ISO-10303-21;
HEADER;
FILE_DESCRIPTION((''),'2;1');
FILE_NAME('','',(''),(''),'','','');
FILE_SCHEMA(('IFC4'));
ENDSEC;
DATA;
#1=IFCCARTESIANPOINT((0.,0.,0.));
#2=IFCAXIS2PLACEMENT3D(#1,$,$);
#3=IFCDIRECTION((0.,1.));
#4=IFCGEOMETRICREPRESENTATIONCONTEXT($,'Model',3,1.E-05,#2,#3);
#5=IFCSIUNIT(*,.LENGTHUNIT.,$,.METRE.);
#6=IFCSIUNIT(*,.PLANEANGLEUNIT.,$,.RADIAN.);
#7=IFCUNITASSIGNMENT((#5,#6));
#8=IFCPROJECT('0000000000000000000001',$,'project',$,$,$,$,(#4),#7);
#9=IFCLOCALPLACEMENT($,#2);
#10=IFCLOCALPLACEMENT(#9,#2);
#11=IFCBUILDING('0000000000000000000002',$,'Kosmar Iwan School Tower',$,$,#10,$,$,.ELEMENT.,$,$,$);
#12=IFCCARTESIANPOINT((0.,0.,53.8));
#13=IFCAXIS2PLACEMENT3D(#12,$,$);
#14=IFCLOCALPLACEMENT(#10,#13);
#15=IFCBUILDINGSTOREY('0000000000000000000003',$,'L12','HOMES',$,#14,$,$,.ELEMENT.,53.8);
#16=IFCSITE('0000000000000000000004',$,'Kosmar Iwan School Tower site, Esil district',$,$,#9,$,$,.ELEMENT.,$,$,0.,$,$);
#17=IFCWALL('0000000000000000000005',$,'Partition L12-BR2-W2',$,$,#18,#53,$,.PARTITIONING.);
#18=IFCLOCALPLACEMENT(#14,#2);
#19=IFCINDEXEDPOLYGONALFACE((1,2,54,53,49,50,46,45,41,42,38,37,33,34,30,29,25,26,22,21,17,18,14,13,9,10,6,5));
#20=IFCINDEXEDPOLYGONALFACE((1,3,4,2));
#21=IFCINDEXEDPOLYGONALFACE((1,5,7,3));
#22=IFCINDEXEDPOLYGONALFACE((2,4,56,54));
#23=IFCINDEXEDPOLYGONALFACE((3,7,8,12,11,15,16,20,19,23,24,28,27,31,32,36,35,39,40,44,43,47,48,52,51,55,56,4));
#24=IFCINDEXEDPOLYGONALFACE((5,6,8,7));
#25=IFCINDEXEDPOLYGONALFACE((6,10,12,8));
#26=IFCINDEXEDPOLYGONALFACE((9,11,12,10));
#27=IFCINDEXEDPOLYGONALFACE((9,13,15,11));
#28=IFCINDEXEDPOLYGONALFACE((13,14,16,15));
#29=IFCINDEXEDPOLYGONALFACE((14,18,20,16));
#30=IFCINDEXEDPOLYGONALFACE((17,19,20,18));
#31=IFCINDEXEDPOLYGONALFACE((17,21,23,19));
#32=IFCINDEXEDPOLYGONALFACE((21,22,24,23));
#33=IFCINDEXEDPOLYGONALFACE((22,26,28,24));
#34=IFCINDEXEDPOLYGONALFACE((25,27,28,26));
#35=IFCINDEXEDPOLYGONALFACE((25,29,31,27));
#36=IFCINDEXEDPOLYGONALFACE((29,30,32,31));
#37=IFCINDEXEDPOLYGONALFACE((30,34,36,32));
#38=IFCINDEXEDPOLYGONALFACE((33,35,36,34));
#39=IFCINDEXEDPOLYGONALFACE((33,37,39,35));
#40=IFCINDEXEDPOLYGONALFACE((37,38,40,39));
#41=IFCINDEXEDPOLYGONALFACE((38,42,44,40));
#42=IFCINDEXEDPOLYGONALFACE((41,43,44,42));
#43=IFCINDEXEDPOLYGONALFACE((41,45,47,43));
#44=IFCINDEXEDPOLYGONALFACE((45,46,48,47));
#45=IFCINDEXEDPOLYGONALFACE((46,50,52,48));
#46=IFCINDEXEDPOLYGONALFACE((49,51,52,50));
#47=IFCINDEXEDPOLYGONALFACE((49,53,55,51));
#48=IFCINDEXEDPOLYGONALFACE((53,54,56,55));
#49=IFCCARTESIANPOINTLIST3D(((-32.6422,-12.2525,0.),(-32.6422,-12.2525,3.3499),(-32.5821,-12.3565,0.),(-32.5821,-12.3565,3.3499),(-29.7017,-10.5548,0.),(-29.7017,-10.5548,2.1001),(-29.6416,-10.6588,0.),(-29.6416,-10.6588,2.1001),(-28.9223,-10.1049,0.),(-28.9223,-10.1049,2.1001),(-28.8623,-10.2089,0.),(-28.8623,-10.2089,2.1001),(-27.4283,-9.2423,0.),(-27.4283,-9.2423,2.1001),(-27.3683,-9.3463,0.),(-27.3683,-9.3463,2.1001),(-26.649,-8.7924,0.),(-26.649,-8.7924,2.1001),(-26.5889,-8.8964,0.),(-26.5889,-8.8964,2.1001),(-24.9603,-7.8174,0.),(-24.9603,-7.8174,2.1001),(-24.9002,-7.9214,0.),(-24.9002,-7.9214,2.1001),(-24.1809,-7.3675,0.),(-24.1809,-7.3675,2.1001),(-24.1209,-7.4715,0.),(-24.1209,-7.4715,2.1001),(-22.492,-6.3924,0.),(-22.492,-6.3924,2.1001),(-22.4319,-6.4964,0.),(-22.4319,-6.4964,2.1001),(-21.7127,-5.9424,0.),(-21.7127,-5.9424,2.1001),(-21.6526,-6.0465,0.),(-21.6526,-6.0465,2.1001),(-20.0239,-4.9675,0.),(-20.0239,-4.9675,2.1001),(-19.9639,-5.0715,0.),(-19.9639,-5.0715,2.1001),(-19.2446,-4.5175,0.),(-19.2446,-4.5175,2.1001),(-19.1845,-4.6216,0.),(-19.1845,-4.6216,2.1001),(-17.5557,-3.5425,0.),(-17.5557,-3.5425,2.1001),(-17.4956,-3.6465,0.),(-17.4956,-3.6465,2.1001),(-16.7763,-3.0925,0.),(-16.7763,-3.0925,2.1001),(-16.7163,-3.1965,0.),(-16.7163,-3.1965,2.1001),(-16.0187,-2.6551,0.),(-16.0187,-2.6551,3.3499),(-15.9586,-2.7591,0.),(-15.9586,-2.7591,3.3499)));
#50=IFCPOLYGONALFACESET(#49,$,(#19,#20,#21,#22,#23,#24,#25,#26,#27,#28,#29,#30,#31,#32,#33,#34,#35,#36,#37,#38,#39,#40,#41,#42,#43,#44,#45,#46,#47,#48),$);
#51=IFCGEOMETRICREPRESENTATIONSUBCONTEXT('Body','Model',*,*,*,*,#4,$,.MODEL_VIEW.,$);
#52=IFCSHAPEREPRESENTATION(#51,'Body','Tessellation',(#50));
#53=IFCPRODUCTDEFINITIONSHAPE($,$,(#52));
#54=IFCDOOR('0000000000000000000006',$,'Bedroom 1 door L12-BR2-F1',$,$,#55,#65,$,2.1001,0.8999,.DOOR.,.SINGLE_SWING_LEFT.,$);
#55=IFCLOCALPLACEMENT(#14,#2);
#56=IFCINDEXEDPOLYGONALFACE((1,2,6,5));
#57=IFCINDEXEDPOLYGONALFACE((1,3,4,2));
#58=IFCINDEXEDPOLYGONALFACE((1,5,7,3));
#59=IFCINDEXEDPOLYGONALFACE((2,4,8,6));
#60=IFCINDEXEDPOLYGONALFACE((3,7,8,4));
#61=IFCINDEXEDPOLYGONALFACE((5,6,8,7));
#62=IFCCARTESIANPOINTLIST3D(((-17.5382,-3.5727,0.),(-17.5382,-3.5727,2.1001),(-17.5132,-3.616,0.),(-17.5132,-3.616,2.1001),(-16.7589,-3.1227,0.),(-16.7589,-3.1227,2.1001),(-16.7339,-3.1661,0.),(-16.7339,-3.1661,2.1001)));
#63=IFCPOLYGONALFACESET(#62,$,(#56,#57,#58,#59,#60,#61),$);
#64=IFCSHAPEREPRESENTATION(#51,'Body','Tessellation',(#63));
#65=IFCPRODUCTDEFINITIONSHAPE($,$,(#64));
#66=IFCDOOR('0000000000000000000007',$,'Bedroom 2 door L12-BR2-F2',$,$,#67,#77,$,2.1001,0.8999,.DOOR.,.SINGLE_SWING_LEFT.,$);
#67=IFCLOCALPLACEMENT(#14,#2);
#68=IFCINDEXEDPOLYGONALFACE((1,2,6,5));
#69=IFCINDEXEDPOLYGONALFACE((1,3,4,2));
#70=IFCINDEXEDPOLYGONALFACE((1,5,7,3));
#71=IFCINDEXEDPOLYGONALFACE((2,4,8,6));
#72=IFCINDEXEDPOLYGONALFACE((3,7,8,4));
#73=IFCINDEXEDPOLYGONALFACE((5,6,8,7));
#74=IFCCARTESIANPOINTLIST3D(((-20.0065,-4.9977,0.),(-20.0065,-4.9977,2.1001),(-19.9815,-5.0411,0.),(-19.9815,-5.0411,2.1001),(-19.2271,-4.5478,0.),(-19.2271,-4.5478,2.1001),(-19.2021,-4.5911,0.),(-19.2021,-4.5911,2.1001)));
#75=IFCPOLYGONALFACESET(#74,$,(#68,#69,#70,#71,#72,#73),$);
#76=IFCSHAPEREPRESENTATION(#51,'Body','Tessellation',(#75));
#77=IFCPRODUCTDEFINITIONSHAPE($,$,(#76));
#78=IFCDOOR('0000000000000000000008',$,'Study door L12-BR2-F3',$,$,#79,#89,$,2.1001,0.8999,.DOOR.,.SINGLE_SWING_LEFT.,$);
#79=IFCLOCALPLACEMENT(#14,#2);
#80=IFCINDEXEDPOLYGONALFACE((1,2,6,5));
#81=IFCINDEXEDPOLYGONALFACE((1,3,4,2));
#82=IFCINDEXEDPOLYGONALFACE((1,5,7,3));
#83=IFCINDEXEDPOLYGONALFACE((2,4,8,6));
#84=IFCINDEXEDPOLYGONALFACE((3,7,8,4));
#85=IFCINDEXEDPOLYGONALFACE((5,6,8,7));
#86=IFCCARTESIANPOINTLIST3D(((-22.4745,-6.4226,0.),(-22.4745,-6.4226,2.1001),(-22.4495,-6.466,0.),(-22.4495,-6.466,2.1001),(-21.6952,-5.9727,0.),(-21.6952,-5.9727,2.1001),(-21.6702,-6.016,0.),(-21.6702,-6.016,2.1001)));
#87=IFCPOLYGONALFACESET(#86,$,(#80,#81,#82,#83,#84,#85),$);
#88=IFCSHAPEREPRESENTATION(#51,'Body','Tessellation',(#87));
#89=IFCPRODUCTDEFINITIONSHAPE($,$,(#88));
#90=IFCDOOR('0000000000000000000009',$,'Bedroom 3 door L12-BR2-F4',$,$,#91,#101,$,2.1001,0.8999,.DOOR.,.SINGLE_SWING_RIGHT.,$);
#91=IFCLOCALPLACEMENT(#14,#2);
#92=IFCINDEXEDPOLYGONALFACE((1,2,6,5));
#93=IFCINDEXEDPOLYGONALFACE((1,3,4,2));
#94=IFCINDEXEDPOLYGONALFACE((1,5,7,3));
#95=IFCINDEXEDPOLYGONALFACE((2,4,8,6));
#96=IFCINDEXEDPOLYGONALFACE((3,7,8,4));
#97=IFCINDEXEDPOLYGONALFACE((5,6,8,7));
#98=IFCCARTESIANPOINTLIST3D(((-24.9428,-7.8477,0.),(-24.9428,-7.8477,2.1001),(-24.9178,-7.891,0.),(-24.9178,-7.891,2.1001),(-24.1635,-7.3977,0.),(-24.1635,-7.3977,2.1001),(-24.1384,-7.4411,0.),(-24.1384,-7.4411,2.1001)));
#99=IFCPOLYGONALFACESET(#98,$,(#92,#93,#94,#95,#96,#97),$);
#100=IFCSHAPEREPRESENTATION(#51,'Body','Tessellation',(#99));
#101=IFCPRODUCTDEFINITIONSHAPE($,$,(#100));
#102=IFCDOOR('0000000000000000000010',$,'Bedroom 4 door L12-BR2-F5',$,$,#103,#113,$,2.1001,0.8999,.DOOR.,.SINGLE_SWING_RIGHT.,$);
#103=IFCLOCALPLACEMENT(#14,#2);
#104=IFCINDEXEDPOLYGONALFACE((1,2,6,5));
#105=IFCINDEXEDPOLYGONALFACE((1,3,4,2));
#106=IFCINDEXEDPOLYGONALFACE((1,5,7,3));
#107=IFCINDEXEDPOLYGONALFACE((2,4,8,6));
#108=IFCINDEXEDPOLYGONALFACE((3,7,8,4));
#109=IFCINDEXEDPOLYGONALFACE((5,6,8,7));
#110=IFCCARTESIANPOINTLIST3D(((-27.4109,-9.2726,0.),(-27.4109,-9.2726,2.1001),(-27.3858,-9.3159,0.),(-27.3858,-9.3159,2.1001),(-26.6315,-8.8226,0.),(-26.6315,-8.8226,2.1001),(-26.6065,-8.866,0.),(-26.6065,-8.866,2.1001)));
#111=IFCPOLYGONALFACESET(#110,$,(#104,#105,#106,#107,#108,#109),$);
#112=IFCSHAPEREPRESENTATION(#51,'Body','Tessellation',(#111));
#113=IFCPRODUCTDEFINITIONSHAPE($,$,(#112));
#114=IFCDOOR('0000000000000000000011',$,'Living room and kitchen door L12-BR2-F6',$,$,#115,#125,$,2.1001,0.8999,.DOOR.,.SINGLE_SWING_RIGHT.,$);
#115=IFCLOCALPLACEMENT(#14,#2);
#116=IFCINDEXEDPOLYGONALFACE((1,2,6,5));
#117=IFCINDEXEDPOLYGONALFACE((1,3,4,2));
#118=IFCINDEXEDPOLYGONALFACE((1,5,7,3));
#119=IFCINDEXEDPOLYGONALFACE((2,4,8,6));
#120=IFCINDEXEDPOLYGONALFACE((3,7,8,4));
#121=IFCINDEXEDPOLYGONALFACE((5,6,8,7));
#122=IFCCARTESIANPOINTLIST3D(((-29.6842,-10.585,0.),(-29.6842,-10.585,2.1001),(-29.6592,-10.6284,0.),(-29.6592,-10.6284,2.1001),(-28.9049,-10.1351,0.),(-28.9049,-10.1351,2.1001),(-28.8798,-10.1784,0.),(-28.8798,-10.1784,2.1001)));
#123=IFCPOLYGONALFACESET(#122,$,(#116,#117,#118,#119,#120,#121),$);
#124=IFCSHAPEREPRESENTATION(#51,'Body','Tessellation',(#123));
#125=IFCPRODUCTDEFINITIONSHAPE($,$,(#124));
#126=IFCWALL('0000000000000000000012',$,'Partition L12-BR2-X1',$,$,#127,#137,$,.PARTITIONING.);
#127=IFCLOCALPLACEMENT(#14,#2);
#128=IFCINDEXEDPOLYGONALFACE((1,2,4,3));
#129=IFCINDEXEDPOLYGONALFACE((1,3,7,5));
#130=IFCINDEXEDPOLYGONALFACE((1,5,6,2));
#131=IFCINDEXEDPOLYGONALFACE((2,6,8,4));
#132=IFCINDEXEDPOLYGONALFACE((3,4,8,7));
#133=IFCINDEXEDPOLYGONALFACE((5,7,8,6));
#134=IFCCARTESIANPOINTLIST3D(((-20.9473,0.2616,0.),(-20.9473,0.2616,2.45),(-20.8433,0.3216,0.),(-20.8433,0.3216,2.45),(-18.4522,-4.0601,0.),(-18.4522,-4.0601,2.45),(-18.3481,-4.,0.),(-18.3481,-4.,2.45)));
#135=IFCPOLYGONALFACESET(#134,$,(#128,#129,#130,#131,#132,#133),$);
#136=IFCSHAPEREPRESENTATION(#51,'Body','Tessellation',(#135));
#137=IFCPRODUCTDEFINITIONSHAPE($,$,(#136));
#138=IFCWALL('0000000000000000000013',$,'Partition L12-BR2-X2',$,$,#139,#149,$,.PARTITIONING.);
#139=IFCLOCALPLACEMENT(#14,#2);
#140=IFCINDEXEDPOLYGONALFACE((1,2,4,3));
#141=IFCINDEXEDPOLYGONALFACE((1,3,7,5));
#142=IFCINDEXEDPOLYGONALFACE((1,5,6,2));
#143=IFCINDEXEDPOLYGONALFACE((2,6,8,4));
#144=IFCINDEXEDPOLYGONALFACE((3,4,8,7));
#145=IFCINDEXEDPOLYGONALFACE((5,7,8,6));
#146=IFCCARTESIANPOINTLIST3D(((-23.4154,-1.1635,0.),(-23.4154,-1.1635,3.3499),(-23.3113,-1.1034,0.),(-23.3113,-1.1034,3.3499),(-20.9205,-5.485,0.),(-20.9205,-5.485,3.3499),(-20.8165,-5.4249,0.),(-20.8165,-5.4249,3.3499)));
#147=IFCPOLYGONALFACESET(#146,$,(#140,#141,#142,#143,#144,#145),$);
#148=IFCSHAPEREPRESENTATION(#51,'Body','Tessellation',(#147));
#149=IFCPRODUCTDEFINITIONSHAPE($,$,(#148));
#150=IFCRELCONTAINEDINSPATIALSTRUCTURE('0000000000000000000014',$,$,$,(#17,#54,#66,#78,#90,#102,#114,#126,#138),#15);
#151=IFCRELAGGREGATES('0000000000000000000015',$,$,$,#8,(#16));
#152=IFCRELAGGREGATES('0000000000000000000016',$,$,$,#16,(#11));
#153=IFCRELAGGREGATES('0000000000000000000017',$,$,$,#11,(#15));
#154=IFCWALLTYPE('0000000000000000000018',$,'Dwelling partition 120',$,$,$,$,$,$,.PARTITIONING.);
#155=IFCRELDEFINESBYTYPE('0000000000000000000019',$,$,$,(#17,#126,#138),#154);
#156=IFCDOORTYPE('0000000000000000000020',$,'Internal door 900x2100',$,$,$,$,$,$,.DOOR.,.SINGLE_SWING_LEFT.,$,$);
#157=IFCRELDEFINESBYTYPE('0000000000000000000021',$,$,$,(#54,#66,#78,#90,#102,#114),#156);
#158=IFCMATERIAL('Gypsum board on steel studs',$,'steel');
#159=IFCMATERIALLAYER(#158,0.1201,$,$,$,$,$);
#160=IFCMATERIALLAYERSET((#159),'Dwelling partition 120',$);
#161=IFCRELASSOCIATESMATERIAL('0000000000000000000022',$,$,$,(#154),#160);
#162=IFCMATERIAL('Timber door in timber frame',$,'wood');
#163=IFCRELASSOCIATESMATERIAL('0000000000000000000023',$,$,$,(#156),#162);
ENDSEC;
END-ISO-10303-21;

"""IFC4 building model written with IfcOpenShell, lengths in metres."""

from ifc_helpers import new_model, si_unit, direction, frame, frame_2d, origin, place, context, subcontext, project, spatial, rectangle, extrude, material, layer, layer_set, type_object, element, fill, save


model = new_model("IFC4")

# Units and contexts
model_context = context("Model", 3, precision=1e-05, world=origin(), true_north=direction((0.0, 1.0)))
body_context = subcontext(model_context, "Body", "Model", "MODEL_VIEW")
ifc_project = project(units=[si_unit("LENGTHUNIT", "METRE"), si_unit("PLANEANGLEUNIT", "RADIAN")], contexts=[model_context])

# Site, building, storey
site_placement = place(None, origin())
site = spatial("IfcSite", under=ifc_project, at=site_placement, Name="Kosmar Iwan School Tower site, Esil district", CompositionType="ELEMENT", RefElevation=0.0)
building_placement = place(site_placement, origin())
building = spatial("IfcBuilding", under=site, at=building_placement, Name="Kosmar Iwan School Tower", CompositionType="ELEMENT")
storey_placement = place(building_placement, frame((0.0, 0.0, 53.8)))
storey = spatial("IfcBuildingStorey", under=building, at=storey_placement, Name="L12", Description="HOMES", CompositionType="ELEMENT", Elevation=53.8)

# Wall, openings, doors
ifc_material_1 = material(Name="Gypsum board on steel studs", Category="steel")
ifc_layer = layer(ifc_material_1, 0.1201)
ifc_layer_set = layer_set([ifc_layer], Name="Dwelling partition 120")
wall_type = type_object("IfcWallType", Name="Dwelling partition 120", PredefinedType="PARTITIONING", material=ifc_layer_set)
wall_1_placement = place(storey_placement, frame((-15.9885, -2.707, 0.0), z_axis=(0.0, 0.0, 1.0), x_axis=(-0.86603, -0.499993, 0.0)))
wall_1 = element("IfcWall", 1, at=wall_1_placement, inside=storey, type_object=wall_type, Name="Partition L12-BR2-W2", PredefinedType="PARTITIONING", context=body_context, shape_type="SweptSolid", body=[
    extrude(rectangle(XDim=19.1951, YDim=0.1201, at=frame_2d((9.5977, 0.0))), origin(), (0.0, 0.0, 1.0), 3.3499),
])
opening_1_placement = place(wall_1_placement, frame((0.875, 0.0, 0.0)))
opening_1 = element("IfcOpeningElement", 2, at=opening_1_placement, cuts=wall_1, PredefinedType="OPENING", context=body_context, shape_type="SweptSolid", body=[
    extrude(rectangle(XDim=0.8999, YDim=2.1001, at=frame_2d((0.45, 1.05))), frame((0.0, 0.072, 0.0), z_axis=(0.0, -1.0, 0.0), x_axis=(1.0, 0.0, 0.0)), (0.0, 0.0, 1.0), 0.144),
])
opening_2_placement = place(wall_1_placement, frame((3.7251, 0.0, 0.0)))
opening_2 = element("IfcOpeningElement", 3, at=opening_2_placement, cuts=wall_1, PredefinedType="OPENING", context=body_context, shape_type="SweptSolid", body=[
    extrude(rectangle(XDim=0.8999, YDim=2.1001, at=frame_2d((0.45, 1.05))), frame((0.0, 0.072, 0.0), z_axis=(0.0, -1.0, 0.0), x_axis=(1.0, 0.0, 0.0)), (0.0, 0.0, 1.0), 0.144),
])
opening_3_placement = place(wall_1_placement, frame((6.575, 0.0, 0.0)))
opening_3 = element("IfcOpeningElement", 4, at=opening_3_placement, cuts=wall_1, PredefinedType="OPENING", context=body_context, shape_type="SweptSolid", body=[
    extrude(rectangle(XDim=0.8999, YDim=2.1001, at=frame_2d((0.45, 1.05))), frame((0.0, 0.072, 0.0), z_axis=(0.0, -1.0, 0.0), x_axis=(1.0, 0.0, 0.0)), (0.0, 0.0, 1.0), 0.144),
])
opening_4_placement = place(wall_1_placement, frame((9.425, 0.0, 0.0)))
opening_4 = element("IfcOpeningElement", 5, at=opening_4_placement, cuts=wall_1, PredefinedType="OPENING", context=body_context, shape_type="SweptSolid", body=[
    extrude(rectangle(XDim=0.8999, YDim=2.1001, at=frame_2d((0.45, 1.05))), frame((0.0, 0.072, 0.0), z_axis=(0.0, -1.0, 0.0), x_axis=(1.0, 0.0, 0.0)), (0.0, 0.0, 1.0), 0.144),
])
opening_5_placement = place(wall_1_placement, frame((12.2749, 0.0, 0.0)))
opening_5 = element("IfcOpeningElement", 6, at=opening_5_placement, cuts=wall_1, PredefinedType="OPENING", context=body_context, shape_type="SweptSolid", body=[
    extrude(rectangle(XDim=0.8999, YDim=2.1001, at=frame_2d((0.45, 1.05))), frame((0.0, 0.072, 0.0), z_axis=(0.0, -1.0, 0.0), x_axis=(1.0, 0.0, 0.0)), (0.0, 0.0, 1.0), 0.144),
])
opening_6_placement = place(wall_1_placement, frame((14.8999, 0.0, 0.0)))
opening_6 = element("IfcOpeningElement", 7, at=opening_6_placement, cuts=wall_1, PredefinedType="OPENING", context=body_context, shape_type="SweptSolid", body=[
    extrude(rectangle(XDim=0.8999, YDim=2.1001, at=frame_2d((0.45, 1.05))), frame((0.0, 0.072, 0.0), z_axis=(0.0, -1.0, 0.0), x_axis=(1.0, 0.0, 0.0)), (0.0, 0.0, 1.0), 0.144),
])
ifc_material_2 = material(Name="Timber door in timber frame", Category="wood")
door_type = type_object("IfcDoorType", Name="Internal door 900x2100", OperationType="SINGLE_SWING_LEFT", PredefinedType="DOOR", material=ifc_material_2)
door_1_placement = place(opening_1_placement, origin())
door_1 = element("IfcDoor", 8, at=door_1_placement, inside=storey, type_object=door_type, Name="Bedroom 1 door L12-BR2-F1", OperationType="SINGLE_SWING_LEFT", OverallHeight=2.1001, OverallWidth=0.8999, PredefinedType="DOOR", context=body_context, shape_type="SweptSolid", body=[
    extrude(rectangle(XDim=0.8999, YDim=2.1001, at=frame_2d((0.45, 1.05))), frame((0.0, 0.0249, 0.0), z_axis=(0.0, -1.0, 0.0), x_axis=(1.0, 0.0, 0.0)), (0.0, 0.0, 1.0), 0.05),
])
fill(opening_1, door_1)
door_2_placement = place(opening_2_placement, origin())
door_2 = element("IfcDoor", 9, at=door_2_placement, inside=storey, type_object=door_type, Name="Bedroom 2 door L12-BR2-F2", OperationType="SINGLE_SWING_LEFT", OverallHeight=2.1001, OverallWidth=0.8999, PredefinedType="DOOR", context=body_context, shape_type="SweptSolid", body=[
    extrude(rectangle(XDim=0.8999, YDim=2.1001, at=frame_2d((0.45, 1.05))), frame((0.0, 0.0249, 0.0), z_axis=(0.0, -1.0, 0.0), x_axis=(1.0, 0.0, 0.0)), (0.0, 0.0, 1.0), 0.05),
])
fill(opening_2, door_2)
door_3_placement = place(opening_3_placement, origin())
door_3 = element("IfcDoor", 10, at=door_3_placement, inside=storey, type_object=door_type, Name="Study door L12-BR2-F3", OperationType="SINGLE_SWING_LEFT", OverallHeight=2.1001, OverallWidth=0.8999, PredefinedType="DOOR", context=body_context, shape_type="SweptSolid", body=[
    extrude(rectangle(XDim=0.8999, YDim=2.1001, at=frame_2d((0.45, 1.05))), frame((0.0, 0.0249, 0.0), z_axis=(0.0, -1.0, 0.0), x_axis=(1.0, 0.0, 0.0)), (0.0, 0.0, 1.0), 0.05),
])
fill(opening_3, door_3)
door_4_placement = place(opening_4_placement, origin())
door_4 = element("IfcDoor", 11, at=door_4_placement, inside=storey, type_object=door_type, Name="Bedroom 3 door L12-BR2-F4", OperationType="SINGLE_SWING_RIGHT", OverallHeight=2.1001, OverallWidth=0.8999, PredefinedType="DOOR", context=body_context, shape_type="SweptSolid", body=[
    extrude(rectangle(XDim=0.8999, YDim=2.1001, at=frame_2d((0.45, 1.05))), frame((0.0, 0.0249, 0.0), z_axis=(0.0, -1.0, 0.0), x_axis=(1.0, 0.0, 0.0)), (0.0, 0.0, 1.0), 0.05),
])
fill(opening_4, door_4)
door_5_placement = place(opening_5_placement, origin())
door_5 = element("IfcDoor", 12, at=door_5_placement, inside=storey, type_object=door_type, Name="Bedroom 4 door L12-BR2-F5", OperationType="SINGLE_SWING_RIGHT", OverallHeight=2.1001, OverallWidth=0.8999, PredefinedType="DOOR", context=body_context, shape_type="SweptSolid", body=[
    extrude(rectangle(XDim=0.8999, YDim=2.1001, at=frame_2d((0.45, 1.05))), frame((0.0, 0.0249, 0.0), z_axis=(0.0, -1.0, 0.0), x_axis=(1.0, 0.0, 0.0)), (0.0, 0.0, 1.0), 0.05),
])
fill(opening_5, door_5)
door_6_placement = place(opening_6_placement, origin())
door_6 = element("IfcDoor", 13, at=door_6_placement, inside=storey, type_object=door_type, Name="Living room and kitchen door L12-BR2-F6", OperationType="SINGLE_SWING_RIGHT", OverallHeight=2.1001, OverallWidth=0.8999, PredefinedType="DOOR", context=body_context, shape_type="SweptSolid", body=[
    extrude(rectangle(XDim=0.8999, YDim=2.1001, at=frame_2d((0.45, 1.05))), frame((0.0, 0.0249, 0.0), z_axis=(0.0, -1.0, 0.0), x_axis=(1.0, 0.0, 0.0)), (0.0, 0.0, 1.0), 0.05),
])
fill(opening_6, door_6)

# Walls
wall_2_placement = place(storey_placement, frame((-18.4001, -4.03, 0.0), z_axis=(0.0, 0.0, 1.0), x_axis=(-0.500012, 0.866019, 0.0)))
element("IfcWall", 14, at=wall_2_placement, inside=storey, type_object=wall_type, Name="Partition L12-BR2-X1", PredefinedType="PARTITIONING", context=body_context, shape_type="SweptSolid", body=[
    extrude(rectangle(XDim=4.9902, YDim=0.1201, at=frame_2d((2.4951, 0.0))), origin(), (0.0, 0.0, 1.0), 2.45),
])
wall_3_placement = place(storey_placement, frame((-20.8684, -5.4551, 0.0), z_axis=(0.0, 0.0, 1.0), x_axis=(-0.499975, 0.86604, 0.0)))
element("IfcWall", 15, at=wall_3_placement, inside=storey, type_object=wall_type, Name="Partition L12-BR2-X2", PredefinedType="PARTITIONING", context=body_context, shape_type="SweptSolid", body=[
    extrude(rectangle(XDim=4.99, YDim=0.1201, at=frame_2d((2.4951, 0.0))), origin(), (0.0, 0.0, 1.0), 3.3499),
])

save(model, "model.ifc")
